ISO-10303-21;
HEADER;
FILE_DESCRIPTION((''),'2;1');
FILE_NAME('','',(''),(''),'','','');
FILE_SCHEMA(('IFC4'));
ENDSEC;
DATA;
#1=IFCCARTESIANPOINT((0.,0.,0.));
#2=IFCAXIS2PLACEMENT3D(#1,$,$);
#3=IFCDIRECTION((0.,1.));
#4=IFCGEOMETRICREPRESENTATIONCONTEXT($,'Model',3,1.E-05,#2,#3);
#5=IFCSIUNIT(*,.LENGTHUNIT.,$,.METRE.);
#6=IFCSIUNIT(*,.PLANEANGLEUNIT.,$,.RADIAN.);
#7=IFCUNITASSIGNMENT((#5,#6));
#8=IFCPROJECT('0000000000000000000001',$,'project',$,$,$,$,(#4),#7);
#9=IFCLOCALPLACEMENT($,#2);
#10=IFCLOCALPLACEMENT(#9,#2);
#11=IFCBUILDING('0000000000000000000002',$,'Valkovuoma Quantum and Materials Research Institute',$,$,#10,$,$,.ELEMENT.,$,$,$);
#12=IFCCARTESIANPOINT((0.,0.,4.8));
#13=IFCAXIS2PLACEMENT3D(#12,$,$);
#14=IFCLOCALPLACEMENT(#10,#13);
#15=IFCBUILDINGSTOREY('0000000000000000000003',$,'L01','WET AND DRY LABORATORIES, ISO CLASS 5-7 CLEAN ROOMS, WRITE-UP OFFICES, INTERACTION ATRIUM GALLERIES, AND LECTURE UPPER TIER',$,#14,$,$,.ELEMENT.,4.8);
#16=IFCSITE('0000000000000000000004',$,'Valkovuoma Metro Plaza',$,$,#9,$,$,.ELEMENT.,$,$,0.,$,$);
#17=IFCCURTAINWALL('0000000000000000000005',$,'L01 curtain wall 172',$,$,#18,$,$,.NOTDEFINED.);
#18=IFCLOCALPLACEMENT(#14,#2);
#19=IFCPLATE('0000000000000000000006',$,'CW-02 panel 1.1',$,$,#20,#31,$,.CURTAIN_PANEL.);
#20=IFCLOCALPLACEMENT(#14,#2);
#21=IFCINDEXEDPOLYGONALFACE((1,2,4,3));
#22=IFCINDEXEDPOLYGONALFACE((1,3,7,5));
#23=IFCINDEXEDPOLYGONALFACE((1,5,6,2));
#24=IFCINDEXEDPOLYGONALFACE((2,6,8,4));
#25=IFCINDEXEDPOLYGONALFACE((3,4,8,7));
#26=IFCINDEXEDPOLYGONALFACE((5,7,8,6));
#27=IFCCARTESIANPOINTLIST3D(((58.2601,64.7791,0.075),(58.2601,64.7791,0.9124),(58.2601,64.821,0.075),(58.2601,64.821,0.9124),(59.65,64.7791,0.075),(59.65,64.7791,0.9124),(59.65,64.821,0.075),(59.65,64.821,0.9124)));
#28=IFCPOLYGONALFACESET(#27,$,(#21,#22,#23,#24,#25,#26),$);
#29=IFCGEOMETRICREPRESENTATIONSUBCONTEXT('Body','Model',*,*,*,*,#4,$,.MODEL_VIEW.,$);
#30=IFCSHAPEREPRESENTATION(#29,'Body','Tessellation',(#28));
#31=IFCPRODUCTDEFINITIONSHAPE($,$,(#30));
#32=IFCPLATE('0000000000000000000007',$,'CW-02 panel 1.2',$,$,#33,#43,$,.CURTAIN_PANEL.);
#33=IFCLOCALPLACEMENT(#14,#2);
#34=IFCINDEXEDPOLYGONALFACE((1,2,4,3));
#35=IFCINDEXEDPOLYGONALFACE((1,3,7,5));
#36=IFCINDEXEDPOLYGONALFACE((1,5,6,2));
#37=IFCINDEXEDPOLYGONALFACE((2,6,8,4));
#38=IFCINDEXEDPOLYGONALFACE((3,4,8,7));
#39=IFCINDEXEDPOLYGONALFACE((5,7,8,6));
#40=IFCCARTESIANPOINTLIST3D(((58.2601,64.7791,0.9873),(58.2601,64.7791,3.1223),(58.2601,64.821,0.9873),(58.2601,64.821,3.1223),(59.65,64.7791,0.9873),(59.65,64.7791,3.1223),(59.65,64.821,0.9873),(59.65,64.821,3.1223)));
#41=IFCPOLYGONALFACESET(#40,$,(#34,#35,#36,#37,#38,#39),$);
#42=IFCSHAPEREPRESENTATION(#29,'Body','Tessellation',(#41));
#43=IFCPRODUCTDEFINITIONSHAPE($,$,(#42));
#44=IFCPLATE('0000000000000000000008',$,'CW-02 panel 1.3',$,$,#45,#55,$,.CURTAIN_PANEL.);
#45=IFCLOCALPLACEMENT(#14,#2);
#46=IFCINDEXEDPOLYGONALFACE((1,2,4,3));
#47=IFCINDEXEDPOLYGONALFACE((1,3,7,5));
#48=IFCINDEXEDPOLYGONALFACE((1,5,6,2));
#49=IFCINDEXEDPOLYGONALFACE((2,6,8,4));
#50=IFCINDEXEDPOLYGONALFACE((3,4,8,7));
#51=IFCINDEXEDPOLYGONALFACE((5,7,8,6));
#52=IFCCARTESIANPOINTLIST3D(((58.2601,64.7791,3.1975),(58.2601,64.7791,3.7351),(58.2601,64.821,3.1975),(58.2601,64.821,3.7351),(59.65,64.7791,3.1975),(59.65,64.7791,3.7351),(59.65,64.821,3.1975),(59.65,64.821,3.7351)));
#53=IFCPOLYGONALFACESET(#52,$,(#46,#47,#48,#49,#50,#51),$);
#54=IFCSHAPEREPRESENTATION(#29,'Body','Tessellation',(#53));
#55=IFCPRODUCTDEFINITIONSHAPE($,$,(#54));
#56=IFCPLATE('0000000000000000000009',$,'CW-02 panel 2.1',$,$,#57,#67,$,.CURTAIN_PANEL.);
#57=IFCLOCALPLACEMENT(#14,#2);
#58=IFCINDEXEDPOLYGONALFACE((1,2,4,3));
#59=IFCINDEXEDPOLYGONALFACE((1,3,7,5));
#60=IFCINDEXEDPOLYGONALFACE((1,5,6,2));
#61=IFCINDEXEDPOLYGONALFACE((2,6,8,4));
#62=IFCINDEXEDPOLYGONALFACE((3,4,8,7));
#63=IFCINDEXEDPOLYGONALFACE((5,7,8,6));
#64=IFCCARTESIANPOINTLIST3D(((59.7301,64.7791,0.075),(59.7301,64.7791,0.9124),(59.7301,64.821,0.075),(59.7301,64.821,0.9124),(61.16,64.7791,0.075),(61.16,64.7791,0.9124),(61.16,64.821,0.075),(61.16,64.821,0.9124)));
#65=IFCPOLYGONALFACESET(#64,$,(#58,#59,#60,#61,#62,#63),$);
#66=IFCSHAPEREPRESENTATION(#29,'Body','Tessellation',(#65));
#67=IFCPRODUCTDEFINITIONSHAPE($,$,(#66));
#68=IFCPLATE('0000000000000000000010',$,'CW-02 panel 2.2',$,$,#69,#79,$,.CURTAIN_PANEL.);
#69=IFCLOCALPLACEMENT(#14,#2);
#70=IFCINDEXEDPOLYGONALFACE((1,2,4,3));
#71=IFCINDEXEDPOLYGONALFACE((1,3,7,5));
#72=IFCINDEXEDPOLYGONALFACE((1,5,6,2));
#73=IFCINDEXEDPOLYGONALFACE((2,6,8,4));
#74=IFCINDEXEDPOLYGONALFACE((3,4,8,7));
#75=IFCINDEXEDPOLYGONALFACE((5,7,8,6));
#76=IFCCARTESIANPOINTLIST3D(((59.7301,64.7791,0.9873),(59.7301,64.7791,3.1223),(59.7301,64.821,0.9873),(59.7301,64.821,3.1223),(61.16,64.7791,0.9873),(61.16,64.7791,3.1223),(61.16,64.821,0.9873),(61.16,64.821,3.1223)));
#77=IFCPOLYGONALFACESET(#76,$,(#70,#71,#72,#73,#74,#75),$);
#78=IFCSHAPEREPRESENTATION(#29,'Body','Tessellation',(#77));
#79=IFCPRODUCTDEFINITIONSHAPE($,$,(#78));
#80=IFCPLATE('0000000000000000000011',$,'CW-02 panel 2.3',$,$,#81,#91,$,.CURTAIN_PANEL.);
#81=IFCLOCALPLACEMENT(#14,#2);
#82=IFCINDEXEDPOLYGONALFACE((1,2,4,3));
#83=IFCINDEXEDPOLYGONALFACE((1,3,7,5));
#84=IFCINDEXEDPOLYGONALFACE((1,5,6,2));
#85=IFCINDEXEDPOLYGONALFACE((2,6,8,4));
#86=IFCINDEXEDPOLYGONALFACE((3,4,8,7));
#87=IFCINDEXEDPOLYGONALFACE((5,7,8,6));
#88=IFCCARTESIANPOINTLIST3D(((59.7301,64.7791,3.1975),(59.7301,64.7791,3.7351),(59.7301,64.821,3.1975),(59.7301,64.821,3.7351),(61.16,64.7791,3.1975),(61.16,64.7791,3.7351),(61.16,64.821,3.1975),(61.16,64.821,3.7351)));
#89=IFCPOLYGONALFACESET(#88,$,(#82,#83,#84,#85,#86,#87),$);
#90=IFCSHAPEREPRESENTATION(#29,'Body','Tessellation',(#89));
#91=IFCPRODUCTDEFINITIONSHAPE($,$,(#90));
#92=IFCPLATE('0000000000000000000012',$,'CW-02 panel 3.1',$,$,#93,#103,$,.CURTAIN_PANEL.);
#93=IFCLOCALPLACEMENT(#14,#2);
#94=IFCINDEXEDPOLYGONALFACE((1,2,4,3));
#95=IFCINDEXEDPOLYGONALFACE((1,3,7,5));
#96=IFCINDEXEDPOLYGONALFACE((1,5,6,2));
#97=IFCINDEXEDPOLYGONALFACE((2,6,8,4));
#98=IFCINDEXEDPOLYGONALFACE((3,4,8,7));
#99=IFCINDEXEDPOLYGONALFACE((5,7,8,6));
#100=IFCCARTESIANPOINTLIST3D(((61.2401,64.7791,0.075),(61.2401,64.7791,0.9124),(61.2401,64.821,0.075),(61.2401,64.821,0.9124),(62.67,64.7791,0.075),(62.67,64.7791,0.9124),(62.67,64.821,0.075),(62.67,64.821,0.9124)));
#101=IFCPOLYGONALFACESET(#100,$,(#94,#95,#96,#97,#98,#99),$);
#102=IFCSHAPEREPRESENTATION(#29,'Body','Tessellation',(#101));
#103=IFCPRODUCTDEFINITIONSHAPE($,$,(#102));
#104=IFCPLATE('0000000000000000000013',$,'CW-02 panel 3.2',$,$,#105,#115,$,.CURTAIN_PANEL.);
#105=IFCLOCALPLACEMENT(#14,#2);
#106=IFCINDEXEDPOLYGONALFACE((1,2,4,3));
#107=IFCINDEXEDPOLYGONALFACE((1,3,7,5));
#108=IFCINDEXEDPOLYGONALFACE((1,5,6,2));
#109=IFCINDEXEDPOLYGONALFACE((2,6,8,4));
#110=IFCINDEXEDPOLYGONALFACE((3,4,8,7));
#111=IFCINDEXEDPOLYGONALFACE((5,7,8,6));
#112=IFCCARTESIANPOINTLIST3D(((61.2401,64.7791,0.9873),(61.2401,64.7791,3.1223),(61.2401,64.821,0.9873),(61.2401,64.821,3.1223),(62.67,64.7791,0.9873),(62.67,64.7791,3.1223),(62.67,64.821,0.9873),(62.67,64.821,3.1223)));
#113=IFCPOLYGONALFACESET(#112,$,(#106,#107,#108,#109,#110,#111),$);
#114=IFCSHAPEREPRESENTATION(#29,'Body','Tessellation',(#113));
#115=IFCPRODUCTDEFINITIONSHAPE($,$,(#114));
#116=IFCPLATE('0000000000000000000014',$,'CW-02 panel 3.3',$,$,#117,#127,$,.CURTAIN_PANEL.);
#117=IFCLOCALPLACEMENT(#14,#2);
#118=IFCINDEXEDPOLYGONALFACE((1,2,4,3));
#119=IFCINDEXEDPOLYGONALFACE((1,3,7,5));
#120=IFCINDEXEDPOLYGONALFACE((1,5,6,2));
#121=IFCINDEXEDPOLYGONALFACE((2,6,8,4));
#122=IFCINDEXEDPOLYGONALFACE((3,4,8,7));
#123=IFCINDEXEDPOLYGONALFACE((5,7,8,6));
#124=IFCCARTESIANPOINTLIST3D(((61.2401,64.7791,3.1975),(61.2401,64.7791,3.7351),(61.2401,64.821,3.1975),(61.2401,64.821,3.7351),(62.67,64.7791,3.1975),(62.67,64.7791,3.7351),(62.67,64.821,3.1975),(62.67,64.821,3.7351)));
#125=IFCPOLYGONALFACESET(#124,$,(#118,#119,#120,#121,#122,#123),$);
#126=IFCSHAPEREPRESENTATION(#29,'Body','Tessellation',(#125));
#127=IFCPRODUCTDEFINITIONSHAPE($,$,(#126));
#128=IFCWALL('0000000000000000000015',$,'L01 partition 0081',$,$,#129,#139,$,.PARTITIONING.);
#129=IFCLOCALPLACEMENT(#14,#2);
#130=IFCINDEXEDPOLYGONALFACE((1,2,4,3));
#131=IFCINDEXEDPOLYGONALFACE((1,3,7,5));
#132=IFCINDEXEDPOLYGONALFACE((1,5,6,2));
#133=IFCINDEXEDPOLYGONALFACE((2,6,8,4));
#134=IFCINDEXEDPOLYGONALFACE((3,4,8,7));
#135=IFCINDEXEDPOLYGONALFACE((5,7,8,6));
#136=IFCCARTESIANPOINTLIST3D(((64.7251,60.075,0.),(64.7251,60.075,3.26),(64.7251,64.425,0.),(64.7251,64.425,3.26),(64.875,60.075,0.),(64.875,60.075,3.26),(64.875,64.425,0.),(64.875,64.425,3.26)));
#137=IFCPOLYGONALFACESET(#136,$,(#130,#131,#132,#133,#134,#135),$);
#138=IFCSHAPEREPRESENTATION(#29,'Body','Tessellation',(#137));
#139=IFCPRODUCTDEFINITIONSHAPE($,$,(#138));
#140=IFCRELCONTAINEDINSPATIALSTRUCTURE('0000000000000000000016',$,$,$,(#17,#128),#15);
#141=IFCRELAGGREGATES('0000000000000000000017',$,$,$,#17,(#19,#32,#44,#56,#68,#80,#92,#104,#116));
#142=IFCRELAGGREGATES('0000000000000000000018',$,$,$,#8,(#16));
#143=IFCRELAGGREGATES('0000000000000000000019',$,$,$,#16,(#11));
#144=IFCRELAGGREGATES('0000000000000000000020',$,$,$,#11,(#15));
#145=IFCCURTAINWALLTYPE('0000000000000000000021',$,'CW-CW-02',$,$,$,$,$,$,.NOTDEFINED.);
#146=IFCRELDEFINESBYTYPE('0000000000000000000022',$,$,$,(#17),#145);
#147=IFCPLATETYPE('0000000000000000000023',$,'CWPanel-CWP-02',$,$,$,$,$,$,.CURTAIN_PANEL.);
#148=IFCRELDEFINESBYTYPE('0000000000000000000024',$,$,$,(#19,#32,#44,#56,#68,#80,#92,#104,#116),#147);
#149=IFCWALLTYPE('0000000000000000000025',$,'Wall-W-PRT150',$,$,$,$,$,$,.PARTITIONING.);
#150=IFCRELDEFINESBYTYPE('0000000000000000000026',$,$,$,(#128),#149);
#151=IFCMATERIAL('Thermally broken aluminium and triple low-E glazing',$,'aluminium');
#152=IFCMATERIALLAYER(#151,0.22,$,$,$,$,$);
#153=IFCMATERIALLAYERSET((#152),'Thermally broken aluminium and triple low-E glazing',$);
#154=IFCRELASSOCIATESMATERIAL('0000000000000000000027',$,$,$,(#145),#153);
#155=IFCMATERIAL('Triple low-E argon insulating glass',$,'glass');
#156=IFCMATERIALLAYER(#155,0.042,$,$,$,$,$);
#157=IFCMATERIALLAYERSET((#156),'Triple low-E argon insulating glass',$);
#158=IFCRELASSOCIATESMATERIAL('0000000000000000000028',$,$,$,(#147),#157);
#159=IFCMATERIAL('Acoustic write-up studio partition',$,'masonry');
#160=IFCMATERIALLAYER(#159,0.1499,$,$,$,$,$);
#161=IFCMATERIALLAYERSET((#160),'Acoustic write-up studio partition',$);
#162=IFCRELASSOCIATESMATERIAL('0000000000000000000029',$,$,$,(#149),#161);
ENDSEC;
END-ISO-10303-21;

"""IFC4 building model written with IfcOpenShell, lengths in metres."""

from ifc_helpers import new_model, si_unit, direction, frame, frame_2d, origin, origin_2d, place, context, subcontext, project, spatial, rectangle, extrude, material, layer, layer_set, type_object, element, aggregate, save


model = new_model("IFC4")

# Units and contexts
model_context = context("Model", 3, precision=1e-05, world=origin(), true_north=direction((0.0, 1.0)))
body_context = subcontext(model_context, "Body", "Model", "MODEL_VIEW")
ifc_project = project(units=[si_unit("LENGTHUNIT", "METRE"), si_unit("PLANEANGLEUNIT", "RADIAN")], contexts=[model_context])

# Site, building, storey
site_placement = place(None, origin())
site = spatial("IfcSite", under=ifc_project, at=site_placement, Name="Valkovuoma Metro Plaza", CompositionType="ELEMENT", RefElevation=0.0)
building_placement = place(site_placement, origin())
building = spatial("IfcBuilding", under=site, at=building_placement, Name="Valkovuoma Quantum and Materials Research Institute", CompositionType="ELEMENT")
storey_placement = place(building_placement, frame((0.0, 0.0, 4.8)))
storey = spatial("IfcBuildingStorey", under=building, at=storey_placement, Name="L01", Description="WET AND DRY LABORATORIES, ISO CLASS 5-7 CLEAN ROOMS, WRITE-UP OFFICES, INTERACTION ATRIUM GALLERIES, AND LECTURE UPPER TIER", CompositionType="ELEMENT", Elevation=4.8)

# Shared definitions
ifc_material_1 = material(Name="Thermally broken aluminium and triple low-E glazing", Category="aluminium")
ifc_layer_1 = layer(ifc_material_1, 0.22)
ifc_layer_set_1 = layer_set([ifc_layer_1], Name="Thermally broken aluminium and triple low-E glazing")
curtain_wall_type = type_object("IfcCurtainWallType", Name="CW-CW-02", PredefinedType="NOTDEFINED", material=ifc_layer_set_1)

# Curtain wall
curtain_wall_1_placement = place(storey_placement, origin())
curtain_wall_1 = element("IfcCurtainWall", 1, at=curtain_wall_1_placement, inside=storey, type_object=curtain_wall_type, Name="L01 curtain wall 172", PredefinedType="NOTDEFINED")

# Plates
ifc_material_2 = material(Name="Triple low-E argon insulating glass", Category="glass")
ifc_layer_2 = layer(ifc_material_2, 0.042)
ifc_layer_set_2 = layer_set([ifc_layer_2], Name="Triple low-E argon insulating glass")
plate_type = type_object("IfcPlateType", Name="CWPanel-CWP-02", PredefinedType="CURTAIN_PANEL", material=ifc_layer_set_2)
plate_1_placement = place(storey_placement, frame((58.9551, 64.8, 0.075), z_axis=(0.0, 0.0, 1.0), x_axis=(1.0, 0.0, 0.0)))
plate_1 = element("IfcPlate", 2, at=plate_1_placement, type_object=plate_type, Name="CW-02 panel 1.1", PredefinedType="CURTAIN_PANEL", context=body_context, shape_type="SweptSolid", body=[
    extrude(rectangle(XDim=1.3899, YDim=0.042, at=origin_2d()), origin(), (0.0, 0.0, 1.0), 0.8374),
])
plate_2_placement = place(storey_placement, frame((58.9551, 64.8, 0.9873), z_axis=(0.0, 0.0, 1.0), x_axis=(1.0, 0.0, 0.0)))
plate_2 = element("IfcPlate", 3, at=plate_2_placement, type_object=plate_type, Name="CW-02 panel 1.2", PredefinedType="CURTAIN_PANEL", context=body_context, shape_type="SweptSolid", body=[
    extrude(rectangle(XDim=1.3899, YDim=0.042, at=origin_2d()), origin(), (0.0, 0.0, 1.0), 2.135),
])
plate_3_placement = place(storey_placement, frame((58.9551, 64.8, 3.1975), z_axis=(0.0, 0.0, 1.0), x_axis=(1.0, 0.0, 0.0)))
plate_3 = element("IfcPlate", 4, at=plate_3_placement, type_object=plate_type, Name="CW-02 panel 1.3", PredefinedType="CURTAIN_PANEL", context=body_context, shape_type="SweptSolid", body=[
    extrude(rectangle(XDim=1.3899, YDim=0.042, at=origin_2d()), origin(), (0.0, 0.0, 1.0), 0.5376),
])
plate_4_placement = place(storey_placement, frame((60.4451, 64.8, 0.075), z_axis=(0.0, 0.0, 1.0), x_axis=(1.0, 0.0, 0.0)))
plate_4 = element("IfcPlate", 5, at=plate_4_placement, type_object=plate_type, Name="CW-02 panel 2.1", PredefinedType="CURTAIN_PANEL", context=body_context, shape_type="SweptSolid", body=[
    extrude(rectangle(XDim=1.4299, YDim=0.042, at=origin_2d()), origin(), (0.0, 0.0, 1.0), 0.8374),
])
plate_5_placement = place(storey_placement, frame((60.4451, 64.8, 0.9873), z_axis=(0.0, 0.0, 1.0), x_axis=(1.0, 0.0, 0.0)))
plate_5 = element("IfcPlate", 6, at=plate_5_placement, type_object=plate_type, Name="CW-02 panel 2.2", PredefinedType="CURTAIN_PANEL", context=body_context, shape_type="SweptSolid", body=[
    extrude(rectangle(XDim=1.4299, YDim=0.042, at=origin_2d()), origin(), (0.0, 0.0, 1.0), 2.135),
])
plate_6_placement = place(storey_placement, frame((60.4451, 64.8, 3.1975), z_axis=(0.0, 0.0, 1.0), x_axis=(1.0, 0.0, 0.0)))
plate_6 = element("IfcPlate", 7, at=plate_6_placement, type_object=plate_type, Name="CW-02 panel 2.3", PredefinedType="CURTAIN_PANEL", context=body_context, shape_type="SweptSolid", body=[
    extrude(rectangle(XDim=1.4299, YDim=0.042, at=origin_2d()), origin(), (0.0, 0.0, 1.0), 0.5376),
])
plate_7_placement = place(storey_placement, frame((61.9551, 64.8, 0.075), z_axis=(0.0, 0.0, 1.0), x_axis=(1.0, 0.0, 0.0)))
plate_7 = element("IfcPlate", 8, at=plate_7_placement, type_object=plate_type, Name="CW-02 panel 3.1", PredefinedType="CURTAIN_PANEL", context=body_context, shape_type="SweptSolid", body=[
    extrude(rectangle(XDim=1.4299, YDim=0.042, at=origin_2d()), origin(), (0.0, 0.0, 1.0), 0.8374),
])
plate_8_placement = place(storey_placement, frame((61.9551, 64.8, 0.9873), z_axis=(0.0, 0.0, 1.0), x_axis=(1.0, 0.0, 0.0)))
plate_8 = element("IfcPlate", 9, at=plate_8_placement, type_object=plate_type, Name="CW-02 panel 3.2", PredefinedType="CURTAIN_PANEL", context=body_context, shape_type="SweptSolid", body=[
    extrude(rectangle(XDim=1.4299, YDim=0.042, at=origin_2d()), origin(), (0.0, 0.0, 1.0), 2.135),
])
plate_9_placement = place(storey_placement, frame((61.9551, 64.8, 3.1975), z_axis=(0.0, 0.0, 1.0), x_axis=(1.0, 0.0, 0.0)))
plate_9 = element("IfcPlate", 10, at=plate_9_placement, type_object=plate_type, Name="CW-02 panel 3.3", PredefinedType="CURTAIN_PANEL", context=body_context, shape_type="SweptSolid", body=[
    extrude(rectangle(XDim=1.4299, YDim=0.042, at=origin_2d()), origin(), (0.0, 0.0, 1.0), 0.5376),
])
aggregate(curtain_wall_1, [plate_1, plate_2, plate_3, plate_4, plate_5, plate_6, plate_7, plate_8, plate_9])

# Wall
ifc_material_3 = material(Name="Acoustic write-up studio partition", Category="masonry")
ifc_layer_3 = layer(ifc_material_3, 0.1499)
ifc_layer_set_3 = layer_set([ifc_layer_3], Name="Acoustic write-up studio partition")
wall_type = type_object("IfcWallType", Name="Wall-W-PRT150", PredefinedType="PARTITIONING", material=ifc_layer_set_3)
wall_placement = place(storey_placement, frame((64.8, 60.075, 0.0), z_axis=(0.0, 0.0, 1.0), x_axis=(0.0, 1.0, 0.0)))
element("IfcWall", 11, at=wall_placement, inside=storey, type_object=wall_type, Name="L01 partition 0081", PredefinedType="PARTITIONING", context=body_context, shape_type="SweptSolid", body=[
    extrude(rectangle(XDim=4.3501, YDim=0.1499, at=frame_2d((2.175, 0.0))), origin(), (0.0, 0.0, 1.0), 3.26),
])

save(model, "model.ifc")
